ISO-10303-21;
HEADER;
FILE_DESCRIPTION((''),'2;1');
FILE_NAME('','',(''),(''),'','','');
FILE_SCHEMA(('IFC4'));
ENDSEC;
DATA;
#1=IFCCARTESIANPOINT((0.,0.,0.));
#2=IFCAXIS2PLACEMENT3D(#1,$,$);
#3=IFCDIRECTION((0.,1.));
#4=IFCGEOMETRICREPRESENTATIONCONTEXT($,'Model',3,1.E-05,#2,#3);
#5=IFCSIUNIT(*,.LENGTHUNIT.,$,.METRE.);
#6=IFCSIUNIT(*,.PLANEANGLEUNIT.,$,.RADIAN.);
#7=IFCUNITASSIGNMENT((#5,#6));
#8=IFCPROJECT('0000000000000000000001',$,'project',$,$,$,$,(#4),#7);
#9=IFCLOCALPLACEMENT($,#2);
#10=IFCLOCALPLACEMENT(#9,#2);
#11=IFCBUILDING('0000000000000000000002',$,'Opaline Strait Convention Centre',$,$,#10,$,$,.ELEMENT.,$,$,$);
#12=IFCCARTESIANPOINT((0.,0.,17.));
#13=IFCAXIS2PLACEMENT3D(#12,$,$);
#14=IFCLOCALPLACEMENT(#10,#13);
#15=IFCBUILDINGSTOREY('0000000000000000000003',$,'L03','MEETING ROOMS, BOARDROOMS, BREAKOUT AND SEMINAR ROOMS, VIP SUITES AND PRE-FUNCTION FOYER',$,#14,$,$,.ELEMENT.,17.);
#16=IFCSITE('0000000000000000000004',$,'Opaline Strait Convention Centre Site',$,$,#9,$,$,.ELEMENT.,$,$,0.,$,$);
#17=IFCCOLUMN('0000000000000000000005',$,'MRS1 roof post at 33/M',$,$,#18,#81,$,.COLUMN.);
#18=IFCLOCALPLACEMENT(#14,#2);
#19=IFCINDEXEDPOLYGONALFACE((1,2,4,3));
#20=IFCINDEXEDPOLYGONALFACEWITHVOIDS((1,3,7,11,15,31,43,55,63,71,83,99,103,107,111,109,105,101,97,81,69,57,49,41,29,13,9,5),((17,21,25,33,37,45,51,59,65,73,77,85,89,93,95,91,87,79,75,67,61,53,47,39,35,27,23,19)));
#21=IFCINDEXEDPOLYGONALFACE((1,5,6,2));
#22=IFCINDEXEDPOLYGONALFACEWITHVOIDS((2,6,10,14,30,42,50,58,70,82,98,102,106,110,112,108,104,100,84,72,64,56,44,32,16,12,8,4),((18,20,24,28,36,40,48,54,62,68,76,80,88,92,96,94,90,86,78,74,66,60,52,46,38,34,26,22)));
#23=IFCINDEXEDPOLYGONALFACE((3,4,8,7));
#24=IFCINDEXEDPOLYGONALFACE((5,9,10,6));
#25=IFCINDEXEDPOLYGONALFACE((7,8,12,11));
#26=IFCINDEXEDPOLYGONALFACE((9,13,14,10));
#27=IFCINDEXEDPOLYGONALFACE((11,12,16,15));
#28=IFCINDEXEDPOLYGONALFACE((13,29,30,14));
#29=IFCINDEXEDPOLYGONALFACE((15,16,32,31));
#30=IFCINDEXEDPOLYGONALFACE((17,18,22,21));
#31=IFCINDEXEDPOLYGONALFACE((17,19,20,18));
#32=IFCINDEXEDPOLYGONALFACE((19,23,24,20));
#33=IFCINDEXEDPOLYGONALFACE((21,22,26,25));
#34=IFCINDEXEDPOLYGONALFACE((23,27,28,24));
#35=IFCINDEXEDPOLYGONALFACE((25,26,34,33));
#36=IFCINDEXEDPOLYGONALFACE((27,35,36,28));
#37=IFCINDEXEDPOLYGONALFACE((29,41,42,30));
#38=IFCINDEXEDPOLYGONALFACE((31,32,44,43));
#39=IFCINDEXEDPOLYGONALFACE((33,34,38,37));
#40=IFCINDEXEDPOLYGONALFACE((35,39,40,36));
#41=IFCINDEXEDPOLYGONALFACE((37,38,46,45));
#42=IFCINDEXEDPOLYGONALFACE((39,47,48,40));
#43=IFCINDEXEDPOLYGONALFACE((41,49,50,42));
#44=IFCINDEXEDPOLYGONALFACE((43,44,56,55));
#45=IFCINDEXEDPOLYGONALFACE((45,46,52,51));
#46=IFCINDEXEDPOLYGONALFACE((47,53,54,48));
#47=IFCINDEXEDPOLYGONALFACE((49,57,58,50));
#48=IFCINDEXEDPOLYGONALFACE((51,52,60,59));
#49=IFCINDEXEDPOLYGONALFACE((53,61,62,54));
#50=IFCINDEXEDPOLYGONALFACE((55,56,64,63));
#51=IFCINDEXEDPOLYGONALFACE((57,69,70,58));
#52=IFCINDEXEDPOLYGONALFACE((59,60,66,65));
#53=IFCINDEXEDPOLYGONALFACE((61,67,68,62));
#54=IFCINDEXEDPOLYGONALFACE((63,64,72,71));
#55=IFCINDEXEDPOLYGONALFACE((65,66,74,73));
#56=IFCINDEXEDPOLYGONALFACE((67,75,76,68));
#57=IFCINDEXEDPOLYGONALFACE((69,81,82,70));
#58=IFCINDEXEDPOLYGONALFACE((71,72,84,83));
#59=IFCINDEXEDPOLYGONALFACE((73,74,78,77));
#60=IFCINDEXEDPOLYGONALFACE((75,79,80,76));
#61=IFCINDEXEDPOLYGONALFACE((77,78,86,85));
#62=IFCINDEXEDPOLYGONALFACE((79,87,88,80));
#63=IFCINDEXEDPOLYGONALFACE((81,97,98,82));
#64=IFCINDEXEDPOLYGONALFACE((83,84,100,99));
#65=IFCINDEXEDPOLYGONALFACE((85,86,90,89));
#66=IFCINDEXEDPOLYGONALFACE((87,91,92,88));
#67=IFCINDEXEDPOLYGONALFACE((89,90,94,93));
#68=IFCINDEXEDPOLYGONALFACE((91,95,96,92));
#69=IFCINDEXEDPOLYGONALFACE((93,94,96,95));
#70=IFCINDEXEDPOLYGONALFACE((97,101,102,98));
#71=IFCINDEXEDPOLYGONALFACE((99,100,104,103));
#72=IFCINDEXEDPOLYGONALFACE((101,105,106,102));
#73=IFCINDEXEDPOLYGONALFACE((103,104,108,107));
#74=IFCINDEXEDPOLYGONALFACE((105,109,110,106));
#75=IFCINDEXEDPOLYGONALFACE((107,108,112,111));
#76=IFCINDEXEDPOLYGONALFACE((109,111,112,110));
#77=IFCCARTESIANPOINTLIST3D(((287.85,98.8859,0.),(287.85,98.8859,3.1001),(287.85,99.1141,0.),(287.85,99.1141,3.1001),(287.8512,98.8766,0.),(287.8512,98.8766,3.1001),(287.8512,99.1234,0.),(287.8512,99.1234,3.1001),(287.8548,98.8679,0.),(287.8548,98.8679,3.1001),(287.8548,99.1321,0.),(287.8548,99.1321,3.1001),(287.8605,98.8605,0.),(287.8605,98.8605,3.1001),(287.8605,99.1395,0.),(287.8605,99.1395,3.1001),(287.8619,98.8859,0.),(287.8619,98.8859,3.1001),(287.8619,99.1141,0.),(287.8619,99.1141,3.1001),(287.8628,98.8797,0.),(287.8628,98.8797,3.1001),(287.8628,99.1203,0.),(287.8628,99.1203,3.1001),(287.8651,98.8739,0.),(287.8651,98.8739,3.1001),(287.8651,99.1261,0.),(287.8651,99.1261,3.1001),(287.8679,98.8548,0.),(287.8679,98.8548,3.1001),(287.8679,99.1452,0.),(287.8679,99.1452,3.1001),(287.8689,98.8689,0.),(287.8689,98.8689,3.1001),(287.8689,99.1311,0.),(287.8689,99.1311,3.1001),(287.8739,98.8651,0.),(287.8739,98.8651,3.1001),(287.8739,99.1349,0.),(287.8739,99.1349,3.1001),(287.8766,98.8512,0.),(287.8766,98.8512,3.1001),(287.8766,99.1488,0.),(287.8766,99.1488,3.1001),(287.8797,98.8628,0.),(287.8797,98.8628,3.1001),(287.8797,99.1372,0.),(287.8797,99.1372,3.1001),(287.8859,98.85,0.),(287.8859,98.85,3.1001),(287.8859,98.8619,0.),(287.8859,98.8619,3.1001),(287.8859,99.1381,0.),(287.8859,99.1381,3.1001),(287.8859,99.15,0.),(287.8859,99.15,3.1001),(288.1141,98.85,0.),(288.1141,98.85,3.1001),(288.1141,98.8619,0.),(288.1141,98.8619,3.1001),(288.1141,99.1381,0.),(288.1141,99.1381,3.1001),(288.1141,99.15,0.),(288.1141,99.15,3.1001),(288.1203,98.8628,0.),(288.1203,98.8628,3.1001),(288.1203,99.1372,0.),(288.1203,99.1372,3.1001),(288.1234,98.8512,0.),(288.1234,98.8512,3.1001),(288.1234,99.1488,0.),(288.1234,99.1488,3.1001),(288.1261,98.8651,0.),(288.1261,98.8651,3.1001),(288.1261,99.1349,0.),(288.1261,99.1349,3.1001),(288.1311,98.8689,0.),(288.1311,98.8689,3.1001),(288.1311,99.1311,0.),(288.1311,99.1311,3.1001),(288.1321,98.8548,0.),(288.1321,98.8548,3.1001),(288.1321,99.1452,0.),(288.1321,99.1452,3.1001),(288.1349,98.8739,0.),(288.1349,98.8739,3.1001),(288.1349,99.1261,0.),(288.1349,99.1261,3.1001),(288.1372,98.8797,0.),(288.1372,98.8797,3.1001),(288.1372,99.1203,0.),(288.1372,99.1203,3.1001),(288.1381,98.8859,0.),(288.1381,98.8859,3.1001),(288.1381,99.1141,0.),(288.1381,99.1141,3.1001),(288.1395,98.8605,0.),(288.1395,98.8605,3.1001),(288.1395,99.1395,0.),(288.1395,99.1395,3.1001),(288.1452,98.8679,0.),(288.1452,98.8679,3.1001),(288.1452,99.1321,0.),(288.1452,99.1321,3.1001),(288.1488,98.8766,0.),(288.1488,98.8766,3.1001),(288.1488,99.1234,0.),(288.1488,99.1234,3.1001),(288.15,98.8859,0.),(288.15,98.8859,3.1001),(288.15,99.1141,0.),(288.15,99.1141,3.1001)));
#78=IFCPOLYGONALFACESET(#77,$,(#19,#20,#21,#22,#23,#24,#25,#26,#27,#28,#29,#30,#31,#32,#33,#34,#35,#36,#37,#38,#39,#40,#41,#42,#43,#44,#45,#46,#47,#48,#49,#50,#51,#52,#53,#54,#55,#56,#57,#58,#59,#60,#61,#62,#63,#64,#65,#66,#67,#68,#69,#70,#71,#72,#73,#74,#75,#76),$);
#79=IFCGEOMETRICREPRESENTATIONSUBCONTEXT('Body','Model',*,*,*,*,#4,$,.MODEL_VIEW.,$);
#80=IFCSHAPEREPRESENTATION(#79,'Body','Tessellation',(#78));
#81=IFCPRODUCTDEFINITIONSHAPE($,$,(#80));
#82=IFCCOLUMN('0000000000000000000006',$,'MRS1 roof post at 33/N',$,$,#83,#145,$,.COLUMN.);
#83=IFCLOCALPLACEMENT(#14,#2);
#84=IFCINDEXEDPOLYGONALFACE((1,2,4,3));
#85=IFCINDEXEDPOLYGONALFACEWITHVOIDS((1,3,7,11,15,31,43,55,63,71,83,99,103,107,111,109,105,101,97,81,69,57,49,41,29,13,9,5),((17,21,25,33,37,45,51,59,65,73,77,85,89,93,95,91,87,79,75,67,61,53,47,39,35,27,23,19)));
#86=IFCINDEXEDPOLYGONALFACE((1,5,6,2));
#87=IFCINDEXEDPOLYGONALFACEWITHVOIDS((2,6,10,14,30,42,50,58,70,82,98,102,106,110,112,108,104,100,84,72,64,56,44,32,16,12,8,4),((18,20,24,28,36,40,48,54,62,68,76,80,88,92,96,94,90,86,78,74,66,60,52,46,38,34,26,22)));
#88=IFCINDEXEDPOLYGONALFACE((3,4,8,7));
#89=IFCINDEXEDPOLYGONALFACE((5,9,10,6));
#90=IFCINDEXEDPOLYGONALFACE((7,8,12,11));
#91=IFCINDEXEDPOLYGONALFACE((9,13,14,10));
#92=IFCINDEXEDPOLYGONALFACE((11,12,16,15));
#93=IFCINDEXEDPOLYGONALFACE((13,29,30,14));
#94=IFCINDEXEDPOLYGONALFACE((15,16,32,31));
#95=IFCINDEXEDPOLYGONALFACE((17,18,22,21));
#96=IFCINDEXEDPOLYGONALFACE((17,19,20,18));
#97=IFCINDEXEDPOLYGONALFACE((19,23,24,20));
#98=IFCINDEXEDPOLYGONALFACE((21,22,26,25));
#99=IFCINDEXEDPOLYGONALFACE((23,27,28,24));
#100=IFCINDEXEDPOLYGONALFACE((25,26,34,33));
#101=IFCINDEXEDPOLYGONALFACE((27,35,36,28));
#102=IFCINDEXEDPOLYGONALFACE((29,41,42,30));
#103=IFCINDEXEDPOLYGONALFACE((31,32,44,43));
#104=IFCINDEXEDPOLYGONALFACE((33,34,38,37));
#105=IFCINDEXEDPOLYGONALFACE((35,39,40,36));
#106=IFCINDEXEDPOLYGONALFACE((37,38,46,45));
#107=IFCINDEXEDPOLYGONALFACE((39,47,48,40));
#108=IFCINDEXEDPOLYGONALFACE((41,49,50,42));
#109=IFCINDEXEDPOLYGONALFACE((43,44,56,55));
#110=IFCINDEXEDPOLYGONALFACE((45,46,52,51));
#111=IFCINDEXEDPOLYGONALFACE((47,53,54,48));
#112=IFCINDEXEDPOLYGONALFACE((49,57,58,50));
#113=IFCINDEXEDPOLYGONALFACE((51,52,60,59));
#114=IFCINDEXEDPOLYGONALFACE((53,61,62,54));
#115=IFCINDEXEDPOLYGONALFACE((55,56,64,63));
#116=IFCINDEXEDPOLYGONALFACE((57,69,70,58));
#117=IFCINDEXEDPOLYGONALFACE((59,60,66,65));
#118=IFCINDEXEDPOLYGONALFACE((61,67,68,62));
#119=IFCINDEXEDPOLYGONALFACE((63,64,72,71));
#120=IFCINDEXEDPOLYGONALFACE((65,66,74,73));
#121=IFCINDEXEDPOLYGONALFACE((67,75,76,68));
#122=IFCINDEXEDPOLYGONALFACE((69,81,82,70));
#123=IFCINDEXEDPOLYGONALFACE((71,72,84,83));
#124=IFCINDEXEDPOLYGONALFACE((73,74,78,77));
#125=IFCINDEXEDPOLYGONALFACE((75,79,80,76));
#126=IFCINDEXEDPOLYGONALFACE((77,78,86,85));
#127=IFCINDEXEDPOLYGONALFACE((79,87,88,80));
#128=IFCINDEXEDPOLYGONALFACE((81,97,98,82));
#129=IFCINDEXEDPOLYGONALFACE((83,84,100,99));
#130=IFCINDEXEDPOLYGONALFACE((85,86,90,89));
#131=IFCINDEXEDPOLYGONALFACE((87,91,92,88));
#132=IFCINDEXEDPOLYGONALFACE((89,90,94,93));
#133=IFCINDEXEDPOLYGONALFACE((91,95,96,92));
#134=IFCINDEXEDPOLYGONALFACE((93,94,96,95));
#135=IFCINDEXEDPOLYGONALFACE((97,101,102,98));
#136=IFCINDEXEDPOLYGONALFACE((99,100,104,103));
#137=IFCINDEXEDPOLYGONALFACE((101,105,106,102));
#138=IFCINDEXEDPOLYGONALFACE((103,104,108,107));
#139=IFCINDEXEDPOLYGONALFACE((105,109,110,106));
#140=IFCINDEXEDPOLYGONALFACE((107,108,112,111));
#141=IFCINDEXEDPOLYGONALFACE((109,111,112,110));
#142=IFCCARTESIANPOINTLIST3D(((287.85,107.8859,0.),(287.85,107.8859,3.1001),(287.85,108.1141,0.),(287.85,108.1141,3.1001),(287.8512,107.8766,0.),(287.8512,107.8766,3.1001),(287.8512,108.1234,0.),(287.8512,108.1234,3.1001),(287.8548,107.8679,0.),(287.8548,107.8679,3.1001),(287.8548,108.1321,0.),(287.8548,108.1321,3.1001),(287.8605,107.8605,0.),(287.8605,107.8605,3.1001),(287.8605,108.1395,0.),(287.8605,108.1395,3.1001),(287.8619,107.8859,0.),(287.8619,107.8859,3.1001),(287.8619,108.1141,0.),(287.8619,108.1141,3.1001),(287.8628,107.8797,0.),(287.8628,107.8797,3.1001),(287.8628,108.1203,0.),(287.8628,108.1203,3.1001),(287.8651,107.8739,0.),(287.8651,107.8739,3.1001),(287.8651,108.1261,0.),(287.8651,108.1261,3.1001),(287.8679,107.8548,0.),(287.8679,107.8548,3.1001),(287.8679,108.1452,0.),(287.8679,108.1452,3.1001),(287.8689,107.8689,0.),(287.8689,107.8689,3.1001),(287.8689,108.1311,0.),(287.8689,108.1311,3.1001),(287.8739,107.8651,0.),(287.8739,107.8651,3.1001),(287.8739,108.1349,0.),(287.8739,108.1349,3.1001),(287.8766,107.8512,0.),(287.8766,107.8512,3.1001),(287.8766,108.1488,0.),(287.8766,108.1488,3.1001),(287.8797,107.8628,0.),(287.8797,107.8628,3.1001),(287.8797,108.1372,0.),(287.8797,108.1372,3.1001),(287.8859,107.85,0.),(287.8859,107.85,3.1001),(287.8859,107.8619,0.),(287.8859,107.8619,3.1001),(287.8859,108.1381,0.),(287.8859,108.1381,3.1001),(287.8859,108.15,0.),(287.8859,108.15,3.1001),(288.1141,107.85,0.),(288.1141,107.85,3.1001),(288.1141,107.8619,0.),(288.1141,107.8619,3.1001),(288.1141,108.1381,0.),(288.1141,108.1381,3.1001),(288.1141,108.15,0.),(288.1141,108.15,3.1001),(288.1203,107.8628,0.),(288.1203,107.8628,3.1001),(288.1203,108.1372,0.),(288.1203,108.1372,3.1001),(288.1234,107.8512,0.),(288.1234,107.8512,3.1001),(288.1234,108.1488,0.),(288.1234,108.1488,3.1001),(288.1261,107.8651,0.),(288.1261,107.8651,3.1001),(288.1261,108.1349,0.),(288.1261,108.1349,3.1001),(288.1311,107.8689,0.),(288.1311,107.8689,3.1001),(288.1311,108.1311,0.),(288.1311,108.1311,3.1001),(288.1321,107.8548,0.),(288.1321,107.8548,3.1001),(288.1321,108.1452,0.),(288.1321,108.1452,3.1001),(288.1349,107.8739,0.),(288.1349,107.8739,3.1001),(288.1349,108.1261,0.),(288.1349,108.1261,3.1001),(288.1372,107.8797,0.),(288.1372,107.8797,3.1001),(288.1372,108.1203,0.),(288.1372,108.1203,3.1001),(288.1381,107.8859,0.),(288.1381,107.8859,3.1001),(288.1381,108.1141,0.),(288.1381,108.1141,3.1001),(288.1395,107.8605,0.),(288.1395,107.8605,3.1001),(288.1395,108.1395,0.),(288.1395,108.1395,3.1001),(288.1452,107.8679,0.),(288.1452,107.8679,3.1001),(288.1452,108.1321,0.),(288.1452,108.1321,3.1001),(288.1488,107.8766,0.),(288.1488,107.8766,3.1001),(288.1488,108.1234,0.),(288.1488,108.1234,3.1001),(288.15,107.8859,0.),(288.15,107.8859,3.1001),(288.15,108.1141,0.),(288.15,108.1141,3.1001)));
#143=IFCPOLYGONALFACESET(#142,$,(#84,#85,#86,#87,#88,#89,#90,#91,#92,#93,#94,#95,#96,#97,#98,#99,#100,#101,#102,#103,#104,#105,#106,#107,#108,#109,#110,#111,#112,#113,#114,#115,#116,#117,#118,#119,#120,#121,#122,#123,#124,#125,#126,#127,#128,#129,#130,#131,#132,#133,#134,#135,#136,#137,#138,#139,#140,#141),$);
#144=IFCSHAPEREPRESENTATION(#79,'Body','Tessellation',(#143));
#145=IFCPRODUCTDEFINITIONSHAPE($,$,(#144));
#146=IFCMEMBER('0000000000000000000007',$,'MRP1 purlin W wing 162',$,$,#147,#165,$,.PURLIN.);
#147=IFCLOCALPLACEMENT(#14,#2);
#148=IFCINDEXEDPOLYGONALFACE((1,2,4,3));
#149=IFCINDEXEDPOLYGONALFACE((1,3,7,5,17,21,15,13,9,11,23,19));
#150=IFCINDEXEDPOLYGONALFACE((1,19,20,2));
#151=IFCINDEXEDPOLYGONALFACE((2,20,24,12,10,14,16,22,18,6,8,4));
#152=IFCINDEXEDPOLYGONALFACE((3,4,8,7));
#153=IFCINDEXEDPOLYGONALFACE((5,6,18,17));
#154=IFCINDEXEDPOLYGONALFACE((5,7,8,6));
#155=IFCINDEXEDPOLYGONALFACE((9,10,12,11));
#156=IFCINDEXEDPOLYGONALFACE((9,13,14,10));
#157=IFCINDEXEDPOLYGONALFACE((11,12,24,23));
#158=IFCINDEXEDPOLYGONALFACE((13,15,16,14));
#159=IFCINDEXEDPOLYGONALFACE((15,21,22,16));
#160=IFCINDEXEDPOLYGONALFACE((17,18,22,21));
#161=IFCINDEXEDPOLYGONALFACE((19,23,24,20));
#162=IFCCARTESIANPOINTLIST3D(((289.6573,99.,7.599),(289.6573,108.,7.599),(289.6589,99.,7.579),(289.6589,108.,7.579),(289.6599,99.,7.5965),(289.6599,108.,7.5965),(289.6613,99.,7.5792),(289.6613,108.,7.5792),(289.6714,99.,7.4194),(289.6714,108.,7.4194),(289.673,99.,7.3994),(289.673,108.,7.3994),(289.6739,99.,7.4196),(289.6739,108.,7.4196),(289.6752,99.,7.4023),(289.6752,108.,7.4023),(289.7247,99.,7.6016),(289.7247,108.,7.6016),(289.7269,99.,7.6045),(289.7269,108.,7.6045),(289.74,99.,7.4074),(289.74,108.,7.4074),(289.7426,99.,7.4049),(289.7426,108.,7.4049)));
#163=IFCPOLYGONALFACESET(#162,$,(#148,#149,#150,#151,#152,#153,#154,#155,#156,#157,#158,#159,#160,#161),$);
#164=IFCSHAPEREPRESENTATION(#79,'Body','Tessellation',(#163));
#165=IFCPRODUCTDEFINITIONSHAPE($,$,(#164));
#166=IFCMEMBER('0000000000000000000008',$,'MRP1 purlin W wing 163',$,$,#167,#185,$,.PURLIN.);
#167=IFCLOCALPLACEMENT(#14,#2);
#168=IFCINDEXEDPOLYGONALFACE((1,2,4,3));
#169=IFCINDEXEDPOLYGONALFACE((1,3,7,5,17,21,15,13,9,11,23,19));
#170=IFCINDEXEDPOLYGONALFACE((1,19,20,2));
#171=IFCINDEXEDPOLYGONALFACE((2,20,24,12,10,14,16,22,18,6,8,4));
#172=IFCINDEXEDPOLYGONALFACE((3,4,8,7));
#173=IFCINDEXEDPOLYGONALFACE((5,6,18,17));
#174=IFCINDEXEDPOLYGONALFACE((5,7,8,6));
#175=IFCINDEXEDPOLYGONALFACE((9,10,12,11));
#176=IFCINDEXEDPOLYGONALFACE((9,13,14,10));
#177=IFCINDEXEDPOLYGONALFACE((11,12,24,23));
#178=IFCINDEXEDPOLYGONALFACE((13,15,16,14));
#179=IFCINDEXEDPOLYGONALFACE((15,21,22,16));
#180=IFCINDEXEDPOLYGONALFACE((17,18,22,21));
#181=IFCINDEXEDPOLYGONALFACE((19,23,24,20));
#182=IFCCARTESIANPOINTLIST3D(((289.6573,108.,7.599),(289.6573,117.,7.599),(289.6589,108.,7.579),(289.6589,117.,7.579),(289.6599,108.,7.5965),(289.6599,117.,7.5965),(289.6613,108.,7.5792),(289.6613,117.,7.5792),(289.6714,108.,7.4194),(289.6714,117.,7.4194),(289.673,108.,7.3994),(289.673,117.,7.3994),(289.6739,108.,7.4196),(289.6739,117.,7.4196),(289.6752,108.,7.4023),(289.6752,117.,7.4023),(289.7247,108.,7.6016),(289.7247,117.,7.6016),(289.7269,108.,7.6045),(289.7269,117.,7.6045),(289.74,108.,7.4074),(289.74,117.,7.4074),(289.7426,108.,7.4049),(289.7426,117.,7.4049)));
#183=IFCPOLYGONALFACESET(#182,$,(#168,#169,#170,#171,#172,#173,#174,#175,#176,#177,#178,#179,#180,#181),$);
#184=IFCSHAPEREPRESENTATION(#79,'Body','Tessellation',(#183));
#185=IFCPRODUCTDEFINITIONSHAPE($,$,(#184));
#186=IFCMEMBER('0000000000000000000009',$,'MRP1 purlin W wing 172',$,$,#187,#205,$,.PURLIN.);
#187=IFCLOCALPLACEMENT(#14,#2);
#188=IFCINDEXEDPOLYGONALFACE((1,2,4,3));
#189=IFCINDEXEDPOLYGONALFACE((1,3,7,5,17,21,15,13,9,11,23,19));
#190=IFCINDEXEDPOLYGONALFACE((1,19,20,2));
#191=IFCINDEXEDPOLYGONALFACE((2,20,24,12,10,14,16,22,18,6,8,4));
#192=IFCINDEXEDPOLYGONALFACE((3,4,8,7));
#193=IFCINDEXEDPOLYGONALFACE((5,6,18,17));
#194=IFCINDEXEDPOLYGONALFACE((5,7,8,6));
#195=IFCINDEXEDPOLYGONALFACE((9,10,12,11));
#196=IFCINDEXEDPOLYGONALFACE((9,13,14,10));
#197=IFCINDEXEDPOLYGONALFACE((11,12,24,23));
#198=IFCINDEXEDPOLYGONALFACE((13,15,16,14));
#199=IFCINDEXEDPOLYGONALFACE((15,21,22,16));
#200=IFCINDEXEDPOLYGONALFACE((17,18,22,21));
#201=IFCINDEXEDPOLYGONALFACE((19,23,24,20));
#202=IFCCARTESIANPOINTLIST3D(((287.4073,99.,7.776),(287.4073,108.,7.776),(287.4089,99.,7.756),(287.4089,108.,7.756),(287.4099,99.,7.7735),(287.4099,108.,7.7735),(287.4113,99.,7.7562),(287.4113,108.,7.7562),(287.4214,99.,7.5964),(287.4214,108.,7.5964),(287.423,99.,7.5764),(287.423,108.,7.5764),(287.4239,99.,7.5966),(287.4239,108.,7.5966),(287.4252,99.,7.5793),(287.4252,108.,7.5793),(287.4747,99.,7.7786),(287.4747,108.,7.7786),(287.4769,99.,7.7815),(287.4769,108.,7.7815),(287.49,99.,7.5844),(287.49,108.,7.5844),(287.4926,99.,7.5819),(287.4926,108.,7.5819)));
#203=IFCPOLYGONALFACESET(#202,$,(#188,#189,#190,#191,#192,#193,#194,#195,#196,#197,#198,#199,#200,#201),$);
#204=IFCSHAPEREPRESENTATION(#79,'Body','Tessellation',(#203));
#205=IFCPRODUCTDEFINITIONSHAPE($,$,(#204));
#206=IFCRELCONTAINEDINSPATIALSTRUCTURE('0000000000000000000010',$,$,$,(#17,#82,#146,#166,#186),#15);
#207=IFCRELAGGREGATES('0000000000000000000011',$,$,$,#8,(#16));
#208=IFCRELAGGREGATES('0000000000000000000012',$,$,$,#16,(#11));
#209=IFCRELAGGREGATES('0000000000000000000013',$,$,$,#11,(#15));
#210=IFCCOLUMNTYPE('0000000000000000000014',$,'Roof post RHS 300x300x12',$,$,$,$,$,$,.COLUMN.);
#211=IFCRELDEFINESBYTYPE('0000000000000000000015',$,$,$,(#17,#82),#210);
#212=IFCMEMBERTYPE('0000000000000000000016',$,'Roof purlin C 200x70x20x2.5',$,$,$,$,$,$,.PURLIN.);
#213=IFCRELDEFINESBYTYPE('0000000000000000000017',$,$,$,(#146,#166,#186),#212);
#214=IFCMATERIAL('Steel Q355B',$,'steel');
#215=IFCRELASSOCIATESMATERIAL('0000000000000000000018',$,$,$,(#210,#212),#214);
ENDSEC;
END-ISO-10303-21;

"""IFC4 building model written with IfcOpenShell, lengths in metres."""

from ifc_helpers import new_model, si_unit, direction, frame, origin, origin_2d, place, context, subcontext, project, spatial, polyline, hollow_rectangle, outline, extrude, material, material_profile, profile_set, type_object, element, save


model = new_model("IFC4")

# Units and contexts
model_context = context("Model", 3, precision=1e-05, world=origin(), true_north=direction((0.0, 1.0)))
body_context = subcontext(model_context, "Body", "Model", "MODEL_VIEW")
ifc_project = project(units=[si_unit("LENGTHUNIT", "METRE"), si_unit("PLANEANGLEUNIT", "RADIAN")], contexts=[model_context])

# Site, building, storey
site_placement = place(None, origin())
site = spatial("IfcSite", under=ifc_project, at=site_placement, Name="Opaline Strait Convention Centre Site", CompositionType="ELEMENT", RefElevation=0.0)
building_placement = place(site_placement, origin())
building = spatial("IfcBuilding", under=site, at=building_placement, Name="Opaline Strait Convention Centre", CompositionType="ELEMENT")
storey_placement = place(building_placement, frame((0.0, 0.0, 17.0)))
storey = spatial("IfcBuildingStorey", under=building, at=storey_placement, Name="L03", Description="MEETING ROOMS, BOARDROOMS, BREAKOUT AND SEMINAR ROOMS, VIP SUITES AND PRE-FUNCTION FOYER", CompositionType="ELEMENT", Elevation=17.0)

# Columns
ifc_material_1 = material(Name="Steel Q355B", Category="steel")
ifc_material_profile_1 = material_profile(ifc_material_1, hollow_rectangle(XDim=0.3, YDim=0.3, WallThickness=0.012, InnerFilletRadius=0.0239, OuterFilletRadius=0.0359, at=origin_2d()), Name="RHS 300x300x12")
ifc_profile_set_1 = profile_set([ifc_material_profile_1], Name="Steel Q355B")
column_type = type_object("IfcColumnType", Name="Roof post RHS 300x300x12", PredefinedType="COLUMN", material=ifc_profile_set_1)
for number, where, z_axis, x_axis, name in (
    (1, (288.0, 99.0, 0.0), (0.0, 0.0, 1.0), (1.0, 0.0, 0.0), "MRS1 roof post at 33/M"),
    (2, (288.0, 108.0, 0.0), (0.0, 0.0, 1.0), (1.0, 0.0, 0.0), "MRS1 roof post at 33/N"),
):
    element("IfcColumn", number, at=place(storey_placement, frame(where, z_axis=z_axis, x_axis=x_axis)), inside=storey, type_object=column_type, Name=name, PredefinedType="COLUMN", context=body_context, shape_type="SweptSolid", body=[
        extrude(hollow_rectangle(XDim=0.3, YDim=0.3, WallThickness=0.012, InnerFilletRadius=0.0239, OuterFilletRadius=0.0359, at=origin_2d()), origin(), (0.0, 0.0, 1.0), 3.1001),
    ])

# Members
ifc_material_profile_2 = material_profile(ifc_material_1, outline(polyline([(-0.0349, -0.1001), (0.0349, -0.1001), (0.0349, -0.0801), (0.0325, -0.0801), (0.0325, -0.0974), (-0.0325, -0.0974), (-0.0325, 0.0974), (0.0325, 0.0974), (0.0325, 0.0801), (0.0349, 0.0801), (0.0349, 0.1001), (-0.0349, 0.1001), (-0.0349, -0.1001)])), Name="C 200x70x20x2.5")
ifc_profile_set_2 = profile_set([ifc_material_profile_2], Name="Steel Q355B")
member_type_1 = type_object("IfcMemberType", Name="Roof purlin C 200x70x20x2.5", PredefinedType="PURLIN", material=ifc_profile_set_2)
for number, where, z_axis, x_axis, name in (
    (3, (289.7, 99.0, 7.502), (0.0, 1.0, 0.0), (-0.996917, 0.0, -0.078459), "MRP1 purlin W wing 162"),
    (4, (289.7, 108.0, 7.502), (0.0, 1.0, 0.0), (-0.996917, 0.0, -0.078459), "MRP1 purlin W wing 163"),
    (5, (287.45, 99.0, 7.679), (0.0, 1.0, 0.0), (-0.996917, 0.0, -0.078459), "MRP1 purlin W wing 172"),
):
    element("IfcMember", number, at=place(storey_placement, frame(where, z_axis=z_axis, x_axis=x_axis)), inside=storey, type_object=member_type_1, Name=name, PredefinedType="PURLIN", context=body_context, shape_type="SweptSolid", body=[
        extrude(outline(polyline([(-0.0349, -0.1001), (0.0349, -0.1001), (0.0349, -0.0801), (0.0325, -0.0801), (0.0325, -0.0974), (-0.0325, -0.0974), (-0.0325, 0.0974), (0.0325, 0.0974), (0.0325, 0.0801), (0.0349, 0.0801), (0.0349, 0.1001), (-0.0349, 0.1001), (-0.0349, -0.1001)])), origin(), (0.0, 0.0, 1.0), 9.0),
    ])

save(model, "model.ifc")
